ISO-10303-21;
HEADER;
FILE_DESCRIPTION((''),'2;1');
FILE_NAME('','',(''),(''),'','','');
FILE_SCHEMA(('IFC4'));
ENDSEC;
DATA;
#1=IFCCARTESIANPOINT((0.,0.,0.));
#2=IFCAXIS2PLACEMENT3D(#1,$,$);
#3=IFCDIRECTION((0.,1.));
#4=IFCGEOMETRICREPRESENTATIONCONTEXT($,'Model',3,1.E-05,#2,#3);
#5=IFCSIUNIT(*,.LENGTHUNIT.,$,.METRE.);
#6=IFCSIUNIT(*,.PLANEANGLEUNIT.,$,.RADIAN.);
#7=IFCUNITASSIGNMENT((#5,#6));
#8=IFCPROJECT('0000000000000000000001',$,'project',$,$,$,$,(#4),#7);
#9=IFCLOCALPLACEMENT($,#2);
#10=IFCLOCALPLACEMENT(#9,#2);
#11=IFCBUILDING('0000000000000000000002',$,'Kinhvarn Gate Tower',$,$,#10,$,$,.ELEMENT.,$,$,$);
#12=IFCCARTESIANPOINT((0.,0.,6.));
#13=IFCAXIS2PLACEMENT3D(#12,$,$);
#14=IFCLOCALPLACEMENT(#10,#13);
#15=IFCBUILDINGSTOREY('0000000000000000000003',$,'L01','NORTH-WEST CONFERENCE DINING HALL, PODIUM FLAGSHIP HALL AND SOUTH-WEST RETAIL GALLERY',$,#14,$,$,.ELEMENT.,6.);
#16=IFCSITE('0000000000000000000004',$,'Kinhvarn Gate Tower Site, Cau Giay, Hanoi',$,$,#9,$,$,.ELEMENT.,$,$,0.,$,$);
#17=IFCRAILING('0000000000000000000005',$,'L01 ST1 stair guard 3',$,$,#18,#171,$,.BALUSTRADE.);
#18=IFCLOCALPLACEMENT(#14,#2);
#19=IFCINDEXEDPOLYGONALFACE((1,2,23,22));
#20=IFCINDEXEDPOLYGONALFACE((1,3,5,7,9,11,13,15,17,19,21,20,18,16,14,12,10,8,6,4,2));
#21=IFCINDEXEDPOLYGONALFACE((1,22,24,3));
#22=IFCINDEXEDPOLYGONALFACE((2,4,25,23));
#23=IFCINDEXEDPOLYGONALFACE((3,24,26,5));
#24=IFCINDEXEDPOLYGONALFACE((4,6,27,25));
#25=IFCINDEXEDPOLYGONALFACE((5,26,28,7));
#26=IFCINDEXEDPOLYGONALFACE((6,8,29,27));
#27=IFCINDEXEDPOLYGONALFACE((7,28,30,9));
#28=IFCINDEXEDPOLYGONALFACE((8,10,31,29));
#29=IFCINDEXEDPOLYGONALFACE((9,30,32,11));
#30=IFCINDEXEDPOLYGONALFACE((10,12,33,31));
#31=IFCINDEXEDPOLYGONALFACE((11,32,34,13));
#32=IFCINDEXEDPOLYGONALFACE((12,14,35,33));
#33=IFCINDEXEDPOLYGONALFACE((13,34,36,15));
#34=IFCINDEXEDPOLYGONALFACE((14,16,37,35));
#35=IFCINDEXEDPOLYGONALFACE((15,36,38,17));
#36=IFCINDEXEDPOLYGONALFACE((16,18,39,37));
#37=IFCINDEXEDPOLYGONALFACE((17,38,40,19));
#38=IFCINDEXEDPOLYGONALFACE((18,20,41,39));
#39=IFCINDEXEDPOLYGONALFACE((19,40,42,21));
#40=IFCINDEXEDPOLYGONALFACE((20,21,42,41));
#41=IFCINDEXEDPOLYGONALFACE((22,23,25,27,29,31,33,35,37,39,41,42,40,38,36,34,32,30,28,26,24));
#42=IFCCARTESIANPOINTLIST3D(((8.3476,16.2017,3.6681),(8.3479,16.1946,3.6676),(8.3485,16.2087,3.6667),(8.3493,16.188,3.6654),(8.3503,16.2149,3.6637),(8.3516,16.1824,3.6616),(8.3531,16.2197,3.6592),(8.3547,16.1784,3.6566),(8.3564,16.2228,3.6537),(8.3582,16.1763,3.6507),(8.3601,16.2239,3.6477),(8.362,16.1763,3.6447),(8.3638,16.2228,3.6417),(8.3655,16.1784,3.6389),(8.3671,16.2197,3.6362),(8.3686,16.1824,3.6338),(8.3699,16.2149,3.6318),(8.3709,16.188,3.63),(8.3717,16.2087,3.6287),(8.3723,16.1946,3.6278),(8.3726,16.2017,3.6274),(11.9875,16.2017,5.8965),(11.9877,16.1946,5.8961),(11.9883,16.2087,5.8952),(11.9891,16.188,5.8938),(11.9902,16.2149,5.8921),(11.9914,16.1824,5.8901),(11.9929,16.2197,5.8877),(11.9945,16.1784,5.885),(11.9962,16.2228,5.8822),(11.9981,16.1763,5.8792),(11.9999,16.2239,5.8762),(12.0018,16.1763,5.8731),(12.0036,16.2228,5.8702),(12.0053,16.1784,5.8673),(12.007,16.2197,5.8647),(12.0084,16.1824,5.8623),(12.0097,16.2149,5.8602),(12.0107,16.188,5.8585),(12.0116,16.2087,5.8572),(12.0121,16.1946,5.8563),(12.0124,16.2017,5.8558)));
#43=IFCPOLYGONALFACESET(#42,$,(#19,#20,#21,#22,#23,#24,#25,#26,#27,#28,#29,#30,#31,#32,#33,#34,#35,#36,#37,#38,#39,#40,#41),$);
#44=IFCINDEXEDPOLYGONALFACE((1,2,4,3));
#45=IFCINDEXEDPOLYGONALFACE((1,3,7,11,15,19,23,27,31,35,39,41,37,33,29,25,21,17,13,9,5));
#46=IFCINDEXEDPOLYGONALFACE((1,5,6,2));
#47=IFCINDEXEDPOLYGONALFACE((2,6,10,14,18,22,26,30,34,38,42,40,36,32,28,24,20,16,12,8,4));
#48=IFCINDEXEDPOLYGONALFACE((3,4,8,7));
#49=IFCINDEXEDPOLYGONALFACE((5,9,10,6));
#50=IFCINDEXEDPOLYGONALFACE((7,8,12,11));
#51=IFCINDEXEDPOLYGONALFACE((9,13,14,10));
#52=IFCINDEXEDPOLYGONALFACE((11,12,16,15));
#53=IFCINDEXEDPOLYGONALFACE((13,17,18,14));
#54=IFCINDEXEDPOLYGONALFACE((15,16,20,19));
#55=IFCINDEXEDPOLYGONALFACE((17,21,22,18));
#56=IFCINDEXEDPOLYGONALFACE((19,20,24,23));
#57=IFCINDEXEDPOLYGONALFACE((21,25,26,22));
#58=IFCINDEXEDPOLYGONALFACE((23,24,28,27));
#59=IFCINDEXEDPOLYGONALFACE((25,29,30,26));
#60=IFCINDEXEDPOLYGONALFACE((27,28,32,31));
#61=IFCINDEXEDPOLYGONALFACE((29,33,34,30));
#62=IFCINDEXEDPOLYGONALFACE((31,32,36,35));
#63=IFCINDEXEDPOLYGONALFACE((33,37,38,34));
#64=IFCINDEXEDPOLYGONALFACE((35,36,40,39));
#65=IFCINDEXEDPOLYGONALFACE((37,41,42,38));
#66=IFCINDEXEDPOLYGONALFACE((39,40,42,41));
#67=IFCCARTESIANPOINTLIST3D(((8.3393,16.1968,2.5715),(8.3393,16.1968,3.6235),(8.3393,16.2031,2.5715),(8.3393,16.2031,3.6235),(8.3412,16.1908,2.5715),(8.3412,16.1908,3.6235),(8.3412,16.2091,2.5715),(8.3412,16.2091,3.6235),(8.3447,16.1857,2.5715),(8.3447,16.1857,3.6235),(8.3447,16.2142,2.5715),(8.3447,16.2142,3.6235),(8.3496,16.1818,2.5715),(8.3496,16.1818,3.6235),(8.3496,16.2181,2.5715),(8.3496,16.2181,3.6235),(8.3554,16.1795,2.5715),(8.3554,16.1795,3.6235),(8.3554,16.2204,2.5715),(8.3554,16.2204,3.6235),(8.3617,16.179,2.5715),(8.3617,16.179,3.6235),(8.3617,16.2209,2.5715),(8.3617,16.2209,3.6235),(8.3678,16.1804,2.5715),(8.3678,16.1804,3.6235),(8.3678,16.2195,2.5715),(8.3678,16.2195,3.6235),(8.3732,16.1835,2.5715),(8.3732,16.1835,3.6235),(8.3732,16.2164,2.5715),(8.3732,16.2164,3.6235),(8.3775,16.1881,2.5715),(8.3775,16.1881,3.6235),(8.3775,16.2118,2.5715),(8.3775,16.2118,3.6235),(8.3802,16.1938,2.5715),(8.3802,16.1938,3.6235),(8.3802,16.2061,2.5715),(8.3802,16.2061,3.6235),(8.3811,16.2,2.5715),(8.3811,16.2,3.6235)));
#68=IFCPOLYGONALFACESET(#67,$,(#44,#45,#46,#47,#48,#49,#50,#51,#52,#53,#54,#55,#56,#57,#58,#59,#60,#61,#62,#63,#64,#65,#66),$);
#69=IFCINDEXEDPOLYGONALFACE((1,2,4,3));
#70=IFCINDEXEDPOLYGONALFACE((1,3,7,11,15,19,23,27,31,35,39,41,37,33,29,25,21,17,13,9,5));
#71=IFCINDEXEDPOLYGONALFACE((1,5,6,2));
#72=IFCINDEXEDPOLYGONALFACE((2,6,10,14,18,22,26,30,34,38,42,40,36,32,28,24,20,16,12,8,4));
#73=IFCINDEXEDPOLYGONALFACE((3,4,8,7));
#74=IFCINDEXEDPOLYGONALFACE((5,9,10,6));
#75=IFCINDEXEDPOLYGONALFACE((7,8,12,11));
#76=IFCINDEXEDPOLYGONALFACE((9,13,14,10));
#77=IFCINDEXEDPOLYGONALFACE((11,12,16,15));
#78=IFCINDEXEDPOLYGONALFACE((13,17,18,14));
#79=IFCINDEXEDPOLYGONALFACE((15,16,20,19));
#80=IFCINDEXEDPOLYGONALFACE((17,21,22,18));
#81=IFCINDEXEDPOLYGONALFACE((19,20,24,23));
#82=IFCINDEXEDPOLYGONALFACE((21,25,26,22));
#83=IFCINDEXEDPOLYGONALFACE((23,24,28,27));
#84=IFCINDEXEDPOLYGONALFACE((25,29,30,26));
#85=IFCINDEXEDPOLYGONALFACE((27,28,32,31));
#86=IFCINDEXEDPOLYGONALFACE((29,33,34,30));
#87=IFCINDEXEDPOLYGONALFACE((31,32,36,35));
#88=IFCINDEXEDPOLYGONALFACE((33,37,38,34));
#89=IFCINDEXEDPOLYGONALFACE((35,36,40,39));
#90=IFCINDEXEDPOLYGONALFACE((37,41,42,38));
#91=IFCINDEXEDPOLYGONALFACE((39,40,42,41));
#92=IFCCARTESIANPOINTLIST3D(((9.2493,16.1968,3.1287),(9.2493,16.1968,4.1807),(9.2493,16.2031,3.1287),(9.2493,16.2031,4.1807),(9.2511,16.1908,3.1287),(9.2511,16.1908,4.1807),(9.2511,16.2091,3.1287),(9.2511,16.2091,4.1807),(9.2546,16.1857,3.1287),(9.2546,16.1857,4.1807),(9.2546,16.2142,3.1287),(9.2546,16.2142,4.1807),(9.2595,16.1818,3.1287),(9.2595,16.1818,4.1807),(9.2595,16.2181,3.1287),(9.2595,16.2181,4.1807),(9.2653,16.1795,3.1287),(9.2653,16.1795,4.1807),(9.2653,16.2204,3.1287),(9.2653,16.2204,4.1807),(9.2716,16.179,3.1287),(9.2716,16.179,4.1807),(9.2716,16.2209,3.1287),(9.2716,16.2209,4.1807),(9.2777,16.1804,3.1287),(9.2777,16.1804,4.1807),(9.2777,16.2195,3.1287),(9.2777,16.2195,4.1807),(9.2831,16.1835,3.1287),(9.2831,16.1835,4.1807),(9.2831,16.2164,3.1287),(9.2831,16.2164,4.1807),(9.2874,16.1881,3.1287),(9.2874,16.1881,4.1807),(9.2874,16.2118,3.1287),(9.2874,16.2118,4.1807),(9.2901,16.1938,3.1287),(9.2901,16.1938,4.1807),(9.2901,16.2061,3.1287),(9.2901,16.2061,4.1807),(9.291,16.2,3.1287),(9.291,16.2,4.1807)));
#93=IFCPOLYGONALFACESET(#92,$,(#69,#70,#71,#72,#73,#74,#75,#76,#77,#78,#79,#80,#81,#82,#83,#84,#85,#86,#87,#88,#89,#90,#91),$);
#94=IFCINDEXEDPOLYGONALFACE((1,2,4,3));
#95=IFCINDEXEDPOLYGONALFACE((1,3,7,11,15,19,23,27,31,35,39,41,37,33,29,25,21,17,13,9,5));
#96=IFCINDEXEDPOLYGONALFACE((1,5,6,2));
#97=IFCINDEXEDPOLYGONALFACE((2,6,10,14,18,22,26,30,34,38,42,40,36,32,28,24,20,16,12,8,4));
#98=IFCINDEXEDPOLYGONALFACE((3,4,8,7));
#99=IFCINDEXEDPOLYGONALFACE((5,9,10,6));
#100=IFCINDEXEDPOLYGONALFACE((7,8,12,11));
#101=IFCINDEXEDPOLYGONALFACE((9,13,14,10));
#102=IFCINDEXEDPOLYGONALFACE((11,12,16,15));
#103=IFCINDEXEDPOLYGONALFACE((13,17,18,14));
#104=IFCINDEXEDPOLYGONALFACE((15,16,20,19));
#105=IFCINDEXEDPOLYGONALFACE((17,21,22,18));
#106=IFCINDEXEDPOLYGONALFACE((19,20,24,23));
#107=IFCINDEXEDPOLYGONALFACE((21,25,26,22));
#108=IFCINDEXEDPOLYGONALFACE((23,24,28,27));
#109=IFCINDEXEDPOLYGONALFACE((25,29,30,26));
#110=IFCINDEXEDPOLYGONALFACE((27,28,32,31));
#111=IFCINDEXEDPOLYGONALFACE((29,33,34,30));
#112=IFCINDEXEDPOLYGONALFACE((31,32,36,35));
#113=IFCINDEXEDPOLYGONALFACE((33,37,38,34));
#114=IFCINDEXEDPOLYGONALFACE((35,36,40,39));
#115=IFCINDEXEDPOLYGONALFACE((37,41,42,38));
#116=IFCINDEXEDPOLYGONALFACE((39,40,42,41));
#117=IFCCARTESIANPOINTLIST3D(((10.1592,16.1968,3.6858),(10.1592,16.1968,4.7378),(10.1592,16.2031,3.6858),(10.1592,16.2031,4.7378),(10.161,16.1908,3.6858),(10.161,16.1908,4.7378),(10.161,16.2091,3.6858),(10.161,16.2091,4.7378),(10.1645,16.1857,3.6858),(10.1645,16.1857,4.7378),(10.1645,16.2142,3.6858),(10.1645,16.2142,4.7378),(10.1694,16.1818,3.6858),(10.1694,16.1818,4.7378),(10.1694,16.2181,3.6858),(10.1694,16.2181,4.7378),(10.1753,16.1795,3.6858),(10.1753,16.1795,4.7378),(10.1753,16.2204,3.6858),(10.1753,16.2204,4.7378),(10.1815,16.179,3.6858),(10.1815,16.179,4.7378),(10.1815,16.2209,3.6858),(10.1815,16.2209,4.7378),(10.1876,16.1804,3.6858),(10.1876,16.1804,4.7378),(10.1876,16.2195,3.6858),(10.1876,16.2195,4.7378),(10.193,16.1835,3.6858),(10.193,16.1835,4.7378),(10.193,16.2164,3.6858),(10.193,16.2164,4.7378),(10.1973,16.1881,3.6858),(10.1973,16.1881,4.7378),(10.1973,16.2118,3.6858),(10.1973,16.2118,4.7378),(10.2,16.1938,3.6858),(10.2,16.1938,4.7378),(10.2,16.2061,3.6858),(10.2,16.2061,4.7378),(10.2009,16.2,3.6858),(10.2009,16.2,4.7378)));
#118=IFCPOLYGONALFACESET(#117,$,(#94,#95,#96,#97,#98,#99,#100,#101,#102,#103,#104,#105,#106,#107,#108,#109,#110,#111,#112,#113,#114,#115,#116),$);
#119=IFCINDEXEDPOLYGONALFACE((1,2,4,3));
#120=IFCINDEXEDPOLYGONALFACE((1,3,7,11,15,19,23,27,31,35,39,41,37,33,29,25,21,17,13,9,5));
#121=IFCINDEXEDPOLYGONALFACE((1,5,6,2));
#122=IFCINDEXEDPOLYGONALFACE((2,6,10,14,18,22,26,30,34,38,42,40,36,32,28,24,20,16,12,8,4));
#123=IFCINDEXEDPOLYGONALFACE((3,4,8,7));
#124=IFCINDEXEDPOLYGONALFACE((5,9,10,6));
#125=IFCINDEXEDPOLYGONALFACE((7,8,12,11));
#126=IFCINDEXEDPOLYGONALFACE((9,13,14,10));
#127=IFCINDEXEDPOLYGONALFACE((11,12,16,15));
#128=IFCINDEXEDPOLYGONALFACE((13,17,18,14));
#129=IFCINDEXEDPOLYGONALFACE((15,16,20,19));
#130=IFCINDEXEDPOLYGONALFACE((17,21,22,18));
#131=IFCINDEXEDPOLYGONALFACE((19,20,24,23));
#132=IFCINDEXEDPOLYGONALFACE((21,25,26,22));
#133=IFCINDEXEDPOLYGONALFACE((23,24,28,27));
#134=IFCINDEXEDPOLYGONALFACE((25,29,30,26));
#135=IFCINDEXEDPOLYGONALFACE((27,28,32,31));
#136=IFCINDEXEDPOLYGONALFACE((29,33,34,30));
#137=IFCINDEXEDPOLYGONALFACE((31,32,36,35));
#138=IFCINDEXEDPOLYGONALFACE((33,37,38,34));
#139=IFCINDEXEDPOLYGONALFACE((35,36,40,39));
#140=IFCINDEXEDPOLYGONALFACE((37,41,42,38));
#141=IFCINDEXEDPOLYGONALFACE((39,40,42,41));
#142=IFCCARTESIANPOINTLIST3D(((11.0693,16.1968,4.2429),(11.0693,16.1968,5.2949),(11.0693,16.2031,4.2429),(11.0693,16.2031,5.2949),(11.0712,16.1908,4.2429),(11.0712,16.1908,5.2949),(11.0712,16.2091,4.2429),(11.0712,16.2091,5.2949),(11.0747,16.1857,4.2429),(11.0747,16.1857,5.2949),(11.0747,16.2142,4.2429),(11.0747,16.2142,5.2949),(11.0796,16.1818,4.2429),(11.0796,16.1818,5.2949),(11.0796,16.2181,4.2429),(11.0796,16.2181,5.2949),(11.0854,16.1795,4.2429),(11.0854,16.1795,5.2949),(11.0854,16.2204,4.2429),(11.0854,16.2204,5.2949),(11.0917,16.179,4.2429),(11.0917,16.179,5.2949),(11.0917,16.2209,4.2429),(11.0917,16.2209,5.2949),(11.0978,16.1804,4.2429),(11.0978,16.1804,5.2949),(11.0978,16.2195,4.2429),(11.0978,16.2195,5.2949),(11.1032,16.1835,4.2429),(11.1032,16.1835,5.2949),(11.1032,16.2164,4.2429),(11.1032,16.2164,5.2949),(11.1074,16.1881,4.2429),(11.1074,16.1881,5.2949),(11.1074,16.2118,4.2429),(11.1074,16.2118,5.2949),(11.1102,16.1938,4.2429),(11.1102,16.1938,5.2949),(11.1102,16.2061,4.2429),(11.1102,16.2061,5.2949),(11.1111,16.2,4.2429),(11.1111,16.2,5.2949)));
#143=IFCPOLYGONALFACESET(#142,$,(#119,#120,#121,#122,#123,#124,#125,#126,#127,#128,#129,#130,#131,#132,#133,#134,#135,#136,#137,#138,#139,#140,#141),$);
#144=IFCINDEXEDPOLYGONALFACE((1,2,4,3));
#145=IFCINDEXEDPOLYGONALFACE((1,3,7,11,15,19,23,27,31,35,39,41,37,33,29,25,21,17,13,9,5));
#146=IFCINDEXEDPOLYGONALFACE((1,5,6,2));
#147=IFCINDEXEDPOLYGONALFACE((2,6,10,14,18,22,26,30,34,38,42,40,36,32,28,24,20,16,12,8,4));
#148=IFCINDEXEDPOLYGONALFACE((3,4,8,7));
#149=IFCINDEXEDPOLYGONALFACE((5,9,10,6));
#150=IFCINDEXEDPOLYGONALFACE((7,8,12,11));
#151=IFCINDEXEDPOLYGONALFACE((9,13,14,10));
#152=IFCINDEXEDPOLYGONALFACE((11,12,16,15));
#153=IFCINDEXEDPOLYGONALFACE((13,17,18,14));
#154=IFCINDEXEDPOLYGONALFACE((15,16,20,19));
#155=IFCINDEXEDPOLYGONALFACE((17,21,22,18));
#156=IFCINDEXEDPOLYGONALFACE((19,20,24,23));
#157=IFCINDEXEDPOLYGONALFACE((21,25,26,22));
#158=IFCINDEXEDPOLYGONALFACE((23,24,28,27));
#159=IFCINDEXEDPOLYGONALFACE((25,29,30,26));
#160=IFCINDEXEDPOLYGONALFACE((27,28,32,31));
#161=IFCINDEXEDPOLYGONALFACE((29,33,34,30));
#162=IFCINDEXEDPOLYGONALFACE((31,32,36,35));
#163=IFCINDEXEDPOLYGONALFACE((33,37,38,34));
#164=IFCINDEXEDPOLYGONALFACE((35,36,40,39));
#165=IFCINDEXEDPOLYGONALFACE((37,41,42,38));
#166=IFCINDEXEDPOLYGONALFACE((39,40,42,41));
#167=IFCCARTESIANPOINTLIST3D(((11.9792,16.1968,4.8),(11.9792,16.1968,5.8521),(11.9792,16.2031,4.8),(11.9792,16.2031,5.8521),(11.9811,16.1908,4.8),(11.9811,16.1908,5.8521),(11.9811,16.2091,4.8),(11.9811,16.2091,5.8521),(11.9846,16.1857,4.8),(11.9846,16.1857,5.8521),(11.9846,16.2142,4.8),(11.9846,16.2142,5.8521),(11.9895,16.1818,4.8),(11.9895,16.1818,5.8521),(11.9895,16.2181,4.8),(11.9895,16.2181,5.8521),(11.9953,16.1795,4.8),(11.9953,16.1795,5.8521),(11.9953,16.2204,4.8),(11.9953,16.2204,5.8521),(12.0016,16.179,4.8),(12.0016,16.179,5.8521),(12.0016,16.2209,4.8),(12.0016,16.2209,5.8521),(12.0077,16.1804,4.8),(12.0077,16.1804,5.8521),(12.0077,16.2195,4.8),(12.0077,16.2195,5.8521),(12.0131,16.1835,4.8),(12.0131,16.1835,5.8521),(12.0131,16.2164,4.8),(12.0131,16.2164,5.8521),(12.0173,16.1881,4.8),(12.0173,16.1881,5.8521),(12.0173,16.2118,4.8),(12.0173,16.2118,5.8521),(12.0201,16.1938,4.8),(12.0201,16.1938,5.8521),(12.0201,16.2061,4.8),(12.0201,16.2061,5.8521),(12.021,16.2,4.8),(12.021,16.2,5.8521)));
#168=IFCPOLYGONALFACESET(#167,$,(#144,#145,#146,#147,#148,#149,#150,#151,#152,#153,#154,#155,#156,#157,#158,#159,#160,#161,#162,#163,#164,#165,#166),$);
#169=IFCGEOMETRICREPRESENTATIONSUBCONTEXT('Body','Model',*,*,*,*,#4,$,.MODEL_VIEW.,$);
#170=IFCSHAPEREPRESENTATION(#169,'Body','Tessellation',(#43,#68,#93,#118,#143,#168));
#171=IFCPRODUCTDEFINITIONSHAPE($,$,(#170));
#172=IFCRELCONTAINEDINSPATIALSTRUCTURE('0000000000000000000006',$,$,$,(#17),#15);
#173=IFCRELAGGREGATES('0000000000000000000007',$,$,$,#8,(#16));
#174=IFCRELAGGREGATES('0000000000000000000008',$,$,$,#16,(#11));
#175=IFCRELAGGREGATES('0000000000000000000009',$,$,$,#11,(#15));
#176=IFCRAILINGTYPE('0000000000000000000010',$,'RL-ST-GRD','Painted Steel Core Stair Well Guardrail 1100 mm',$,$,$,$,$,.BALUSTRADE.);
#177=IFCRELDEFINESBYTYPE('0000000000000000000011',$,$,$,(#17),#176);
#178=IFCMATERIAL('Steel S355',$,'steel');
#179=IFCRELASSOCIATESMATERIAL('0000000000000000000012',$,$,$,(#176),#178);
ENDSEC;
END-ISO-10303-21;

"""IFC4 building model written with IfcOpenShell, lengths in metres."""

from ifc_helpers import new_model, si_unit, direction, frame, origin, origin_2d, place, context, subcontext, project, spatial, circle, extrude, material, type_object, element, save


model = new_model("IFC4")

# Units and contexts
model_context = context("Model", 3, precision=1e-05, world=origin(), true_north=direction((0.0, 1.0)))
body_context = subcontext(model_context, "Body", "Model", "MODEL_VIEW")
ifc_project = project(units=[si_unit("LENGTHUNIT", "METRE"), si_unit("PLANEANGLEUNIT", "RADIAN")], contexts=[model_context])

# Site, building, storey
site_placement = place(None, origin())
site = spatial("IfcSite", under=ifc_project, at=site_placement, Name="Kinhvarn Gate Tower Site, Cau Giay, Hanoi", CompositionType="ELEMENT", RefElevation=0.0)
building_placement = place(site_placement, origin())
building = spatial("IfcBuilding", under=site, at=building_placement, Name="Kinhvarn Gate Tower", CompositionType="ELEMENT")
storey_placement = place(building_placement, frame((0.0, 0.0, 6.0)))
storey = spatial("IfcBuildingStorey", under=building, at=storey_placement, Name="L01", Description="NORTH-WEST CONFERENCE DINING HALL, PODIUM FLAGSHIP HALL AND SOUTH-WEST RETAIL GALLERY", CompositionType="ELEMENT", Elevation=6.0)

# Shared definitions
ifc_material_1 = material(Name="Steel S355", Category="steel")

# Railing
railing_type_1 = type_object("IfcRailingType", Name="RL-ST-GRD", Description="Painted Steel Core Stair Well Guardrail 1100 mm", PredefinedType="BALUSTRADE", material=ifc_material_1)
railing_1_placement = place(storey_placement, frame((8.3601, 16.2, 2.5715)))
element("IfcRailing", 1, at=railing_1_placement, inside=storey, type_object=railing_type_1, Name="L01 ST1 stair guard 3", PredefinedType="BALUSTRADE", context=body_context, shape_type="SweptSolid", body=[
    extrude(circle(Radius=0.0239, at=origin_2d()), frame((0.0, 0.0, 1.0762), z_axis=(0.85285, 0.0, 0.522156), x_axis=(0.0, 1.0, 0.0)), (0.0, 0.0, 1.0), 4.2678),
    extrude(circle(Radius=0.021, at=origin_2d()), origin(), (0.0, 0.0, 1.0), 1.052),
    extrude(circle(Radius=0.021, at=origin_2d()), frame((0.9099, 0.0, 0.5571)), (0.0, 0.0, 1.0), 1.052),
    extrude(circle(Radius=0.021, at=origin_2d()), frame((1.8198, 0.0, 1.1143)), (0.0, 0.0, 1.0), 1.052),
    extrude(circle(Radius=0.021, at=origin_2d()), frame((2.73, 0.0, 1.6714)), (0.0, 0.0, 1.0), 1.052),
    extrude(circle(Radius=0.021, at=origin_2d()), frame((3.6399, 0.0, 2.2285)), (0.0, 0.0, 1.0), 1.052),
])

save(model, "model.ifc")
